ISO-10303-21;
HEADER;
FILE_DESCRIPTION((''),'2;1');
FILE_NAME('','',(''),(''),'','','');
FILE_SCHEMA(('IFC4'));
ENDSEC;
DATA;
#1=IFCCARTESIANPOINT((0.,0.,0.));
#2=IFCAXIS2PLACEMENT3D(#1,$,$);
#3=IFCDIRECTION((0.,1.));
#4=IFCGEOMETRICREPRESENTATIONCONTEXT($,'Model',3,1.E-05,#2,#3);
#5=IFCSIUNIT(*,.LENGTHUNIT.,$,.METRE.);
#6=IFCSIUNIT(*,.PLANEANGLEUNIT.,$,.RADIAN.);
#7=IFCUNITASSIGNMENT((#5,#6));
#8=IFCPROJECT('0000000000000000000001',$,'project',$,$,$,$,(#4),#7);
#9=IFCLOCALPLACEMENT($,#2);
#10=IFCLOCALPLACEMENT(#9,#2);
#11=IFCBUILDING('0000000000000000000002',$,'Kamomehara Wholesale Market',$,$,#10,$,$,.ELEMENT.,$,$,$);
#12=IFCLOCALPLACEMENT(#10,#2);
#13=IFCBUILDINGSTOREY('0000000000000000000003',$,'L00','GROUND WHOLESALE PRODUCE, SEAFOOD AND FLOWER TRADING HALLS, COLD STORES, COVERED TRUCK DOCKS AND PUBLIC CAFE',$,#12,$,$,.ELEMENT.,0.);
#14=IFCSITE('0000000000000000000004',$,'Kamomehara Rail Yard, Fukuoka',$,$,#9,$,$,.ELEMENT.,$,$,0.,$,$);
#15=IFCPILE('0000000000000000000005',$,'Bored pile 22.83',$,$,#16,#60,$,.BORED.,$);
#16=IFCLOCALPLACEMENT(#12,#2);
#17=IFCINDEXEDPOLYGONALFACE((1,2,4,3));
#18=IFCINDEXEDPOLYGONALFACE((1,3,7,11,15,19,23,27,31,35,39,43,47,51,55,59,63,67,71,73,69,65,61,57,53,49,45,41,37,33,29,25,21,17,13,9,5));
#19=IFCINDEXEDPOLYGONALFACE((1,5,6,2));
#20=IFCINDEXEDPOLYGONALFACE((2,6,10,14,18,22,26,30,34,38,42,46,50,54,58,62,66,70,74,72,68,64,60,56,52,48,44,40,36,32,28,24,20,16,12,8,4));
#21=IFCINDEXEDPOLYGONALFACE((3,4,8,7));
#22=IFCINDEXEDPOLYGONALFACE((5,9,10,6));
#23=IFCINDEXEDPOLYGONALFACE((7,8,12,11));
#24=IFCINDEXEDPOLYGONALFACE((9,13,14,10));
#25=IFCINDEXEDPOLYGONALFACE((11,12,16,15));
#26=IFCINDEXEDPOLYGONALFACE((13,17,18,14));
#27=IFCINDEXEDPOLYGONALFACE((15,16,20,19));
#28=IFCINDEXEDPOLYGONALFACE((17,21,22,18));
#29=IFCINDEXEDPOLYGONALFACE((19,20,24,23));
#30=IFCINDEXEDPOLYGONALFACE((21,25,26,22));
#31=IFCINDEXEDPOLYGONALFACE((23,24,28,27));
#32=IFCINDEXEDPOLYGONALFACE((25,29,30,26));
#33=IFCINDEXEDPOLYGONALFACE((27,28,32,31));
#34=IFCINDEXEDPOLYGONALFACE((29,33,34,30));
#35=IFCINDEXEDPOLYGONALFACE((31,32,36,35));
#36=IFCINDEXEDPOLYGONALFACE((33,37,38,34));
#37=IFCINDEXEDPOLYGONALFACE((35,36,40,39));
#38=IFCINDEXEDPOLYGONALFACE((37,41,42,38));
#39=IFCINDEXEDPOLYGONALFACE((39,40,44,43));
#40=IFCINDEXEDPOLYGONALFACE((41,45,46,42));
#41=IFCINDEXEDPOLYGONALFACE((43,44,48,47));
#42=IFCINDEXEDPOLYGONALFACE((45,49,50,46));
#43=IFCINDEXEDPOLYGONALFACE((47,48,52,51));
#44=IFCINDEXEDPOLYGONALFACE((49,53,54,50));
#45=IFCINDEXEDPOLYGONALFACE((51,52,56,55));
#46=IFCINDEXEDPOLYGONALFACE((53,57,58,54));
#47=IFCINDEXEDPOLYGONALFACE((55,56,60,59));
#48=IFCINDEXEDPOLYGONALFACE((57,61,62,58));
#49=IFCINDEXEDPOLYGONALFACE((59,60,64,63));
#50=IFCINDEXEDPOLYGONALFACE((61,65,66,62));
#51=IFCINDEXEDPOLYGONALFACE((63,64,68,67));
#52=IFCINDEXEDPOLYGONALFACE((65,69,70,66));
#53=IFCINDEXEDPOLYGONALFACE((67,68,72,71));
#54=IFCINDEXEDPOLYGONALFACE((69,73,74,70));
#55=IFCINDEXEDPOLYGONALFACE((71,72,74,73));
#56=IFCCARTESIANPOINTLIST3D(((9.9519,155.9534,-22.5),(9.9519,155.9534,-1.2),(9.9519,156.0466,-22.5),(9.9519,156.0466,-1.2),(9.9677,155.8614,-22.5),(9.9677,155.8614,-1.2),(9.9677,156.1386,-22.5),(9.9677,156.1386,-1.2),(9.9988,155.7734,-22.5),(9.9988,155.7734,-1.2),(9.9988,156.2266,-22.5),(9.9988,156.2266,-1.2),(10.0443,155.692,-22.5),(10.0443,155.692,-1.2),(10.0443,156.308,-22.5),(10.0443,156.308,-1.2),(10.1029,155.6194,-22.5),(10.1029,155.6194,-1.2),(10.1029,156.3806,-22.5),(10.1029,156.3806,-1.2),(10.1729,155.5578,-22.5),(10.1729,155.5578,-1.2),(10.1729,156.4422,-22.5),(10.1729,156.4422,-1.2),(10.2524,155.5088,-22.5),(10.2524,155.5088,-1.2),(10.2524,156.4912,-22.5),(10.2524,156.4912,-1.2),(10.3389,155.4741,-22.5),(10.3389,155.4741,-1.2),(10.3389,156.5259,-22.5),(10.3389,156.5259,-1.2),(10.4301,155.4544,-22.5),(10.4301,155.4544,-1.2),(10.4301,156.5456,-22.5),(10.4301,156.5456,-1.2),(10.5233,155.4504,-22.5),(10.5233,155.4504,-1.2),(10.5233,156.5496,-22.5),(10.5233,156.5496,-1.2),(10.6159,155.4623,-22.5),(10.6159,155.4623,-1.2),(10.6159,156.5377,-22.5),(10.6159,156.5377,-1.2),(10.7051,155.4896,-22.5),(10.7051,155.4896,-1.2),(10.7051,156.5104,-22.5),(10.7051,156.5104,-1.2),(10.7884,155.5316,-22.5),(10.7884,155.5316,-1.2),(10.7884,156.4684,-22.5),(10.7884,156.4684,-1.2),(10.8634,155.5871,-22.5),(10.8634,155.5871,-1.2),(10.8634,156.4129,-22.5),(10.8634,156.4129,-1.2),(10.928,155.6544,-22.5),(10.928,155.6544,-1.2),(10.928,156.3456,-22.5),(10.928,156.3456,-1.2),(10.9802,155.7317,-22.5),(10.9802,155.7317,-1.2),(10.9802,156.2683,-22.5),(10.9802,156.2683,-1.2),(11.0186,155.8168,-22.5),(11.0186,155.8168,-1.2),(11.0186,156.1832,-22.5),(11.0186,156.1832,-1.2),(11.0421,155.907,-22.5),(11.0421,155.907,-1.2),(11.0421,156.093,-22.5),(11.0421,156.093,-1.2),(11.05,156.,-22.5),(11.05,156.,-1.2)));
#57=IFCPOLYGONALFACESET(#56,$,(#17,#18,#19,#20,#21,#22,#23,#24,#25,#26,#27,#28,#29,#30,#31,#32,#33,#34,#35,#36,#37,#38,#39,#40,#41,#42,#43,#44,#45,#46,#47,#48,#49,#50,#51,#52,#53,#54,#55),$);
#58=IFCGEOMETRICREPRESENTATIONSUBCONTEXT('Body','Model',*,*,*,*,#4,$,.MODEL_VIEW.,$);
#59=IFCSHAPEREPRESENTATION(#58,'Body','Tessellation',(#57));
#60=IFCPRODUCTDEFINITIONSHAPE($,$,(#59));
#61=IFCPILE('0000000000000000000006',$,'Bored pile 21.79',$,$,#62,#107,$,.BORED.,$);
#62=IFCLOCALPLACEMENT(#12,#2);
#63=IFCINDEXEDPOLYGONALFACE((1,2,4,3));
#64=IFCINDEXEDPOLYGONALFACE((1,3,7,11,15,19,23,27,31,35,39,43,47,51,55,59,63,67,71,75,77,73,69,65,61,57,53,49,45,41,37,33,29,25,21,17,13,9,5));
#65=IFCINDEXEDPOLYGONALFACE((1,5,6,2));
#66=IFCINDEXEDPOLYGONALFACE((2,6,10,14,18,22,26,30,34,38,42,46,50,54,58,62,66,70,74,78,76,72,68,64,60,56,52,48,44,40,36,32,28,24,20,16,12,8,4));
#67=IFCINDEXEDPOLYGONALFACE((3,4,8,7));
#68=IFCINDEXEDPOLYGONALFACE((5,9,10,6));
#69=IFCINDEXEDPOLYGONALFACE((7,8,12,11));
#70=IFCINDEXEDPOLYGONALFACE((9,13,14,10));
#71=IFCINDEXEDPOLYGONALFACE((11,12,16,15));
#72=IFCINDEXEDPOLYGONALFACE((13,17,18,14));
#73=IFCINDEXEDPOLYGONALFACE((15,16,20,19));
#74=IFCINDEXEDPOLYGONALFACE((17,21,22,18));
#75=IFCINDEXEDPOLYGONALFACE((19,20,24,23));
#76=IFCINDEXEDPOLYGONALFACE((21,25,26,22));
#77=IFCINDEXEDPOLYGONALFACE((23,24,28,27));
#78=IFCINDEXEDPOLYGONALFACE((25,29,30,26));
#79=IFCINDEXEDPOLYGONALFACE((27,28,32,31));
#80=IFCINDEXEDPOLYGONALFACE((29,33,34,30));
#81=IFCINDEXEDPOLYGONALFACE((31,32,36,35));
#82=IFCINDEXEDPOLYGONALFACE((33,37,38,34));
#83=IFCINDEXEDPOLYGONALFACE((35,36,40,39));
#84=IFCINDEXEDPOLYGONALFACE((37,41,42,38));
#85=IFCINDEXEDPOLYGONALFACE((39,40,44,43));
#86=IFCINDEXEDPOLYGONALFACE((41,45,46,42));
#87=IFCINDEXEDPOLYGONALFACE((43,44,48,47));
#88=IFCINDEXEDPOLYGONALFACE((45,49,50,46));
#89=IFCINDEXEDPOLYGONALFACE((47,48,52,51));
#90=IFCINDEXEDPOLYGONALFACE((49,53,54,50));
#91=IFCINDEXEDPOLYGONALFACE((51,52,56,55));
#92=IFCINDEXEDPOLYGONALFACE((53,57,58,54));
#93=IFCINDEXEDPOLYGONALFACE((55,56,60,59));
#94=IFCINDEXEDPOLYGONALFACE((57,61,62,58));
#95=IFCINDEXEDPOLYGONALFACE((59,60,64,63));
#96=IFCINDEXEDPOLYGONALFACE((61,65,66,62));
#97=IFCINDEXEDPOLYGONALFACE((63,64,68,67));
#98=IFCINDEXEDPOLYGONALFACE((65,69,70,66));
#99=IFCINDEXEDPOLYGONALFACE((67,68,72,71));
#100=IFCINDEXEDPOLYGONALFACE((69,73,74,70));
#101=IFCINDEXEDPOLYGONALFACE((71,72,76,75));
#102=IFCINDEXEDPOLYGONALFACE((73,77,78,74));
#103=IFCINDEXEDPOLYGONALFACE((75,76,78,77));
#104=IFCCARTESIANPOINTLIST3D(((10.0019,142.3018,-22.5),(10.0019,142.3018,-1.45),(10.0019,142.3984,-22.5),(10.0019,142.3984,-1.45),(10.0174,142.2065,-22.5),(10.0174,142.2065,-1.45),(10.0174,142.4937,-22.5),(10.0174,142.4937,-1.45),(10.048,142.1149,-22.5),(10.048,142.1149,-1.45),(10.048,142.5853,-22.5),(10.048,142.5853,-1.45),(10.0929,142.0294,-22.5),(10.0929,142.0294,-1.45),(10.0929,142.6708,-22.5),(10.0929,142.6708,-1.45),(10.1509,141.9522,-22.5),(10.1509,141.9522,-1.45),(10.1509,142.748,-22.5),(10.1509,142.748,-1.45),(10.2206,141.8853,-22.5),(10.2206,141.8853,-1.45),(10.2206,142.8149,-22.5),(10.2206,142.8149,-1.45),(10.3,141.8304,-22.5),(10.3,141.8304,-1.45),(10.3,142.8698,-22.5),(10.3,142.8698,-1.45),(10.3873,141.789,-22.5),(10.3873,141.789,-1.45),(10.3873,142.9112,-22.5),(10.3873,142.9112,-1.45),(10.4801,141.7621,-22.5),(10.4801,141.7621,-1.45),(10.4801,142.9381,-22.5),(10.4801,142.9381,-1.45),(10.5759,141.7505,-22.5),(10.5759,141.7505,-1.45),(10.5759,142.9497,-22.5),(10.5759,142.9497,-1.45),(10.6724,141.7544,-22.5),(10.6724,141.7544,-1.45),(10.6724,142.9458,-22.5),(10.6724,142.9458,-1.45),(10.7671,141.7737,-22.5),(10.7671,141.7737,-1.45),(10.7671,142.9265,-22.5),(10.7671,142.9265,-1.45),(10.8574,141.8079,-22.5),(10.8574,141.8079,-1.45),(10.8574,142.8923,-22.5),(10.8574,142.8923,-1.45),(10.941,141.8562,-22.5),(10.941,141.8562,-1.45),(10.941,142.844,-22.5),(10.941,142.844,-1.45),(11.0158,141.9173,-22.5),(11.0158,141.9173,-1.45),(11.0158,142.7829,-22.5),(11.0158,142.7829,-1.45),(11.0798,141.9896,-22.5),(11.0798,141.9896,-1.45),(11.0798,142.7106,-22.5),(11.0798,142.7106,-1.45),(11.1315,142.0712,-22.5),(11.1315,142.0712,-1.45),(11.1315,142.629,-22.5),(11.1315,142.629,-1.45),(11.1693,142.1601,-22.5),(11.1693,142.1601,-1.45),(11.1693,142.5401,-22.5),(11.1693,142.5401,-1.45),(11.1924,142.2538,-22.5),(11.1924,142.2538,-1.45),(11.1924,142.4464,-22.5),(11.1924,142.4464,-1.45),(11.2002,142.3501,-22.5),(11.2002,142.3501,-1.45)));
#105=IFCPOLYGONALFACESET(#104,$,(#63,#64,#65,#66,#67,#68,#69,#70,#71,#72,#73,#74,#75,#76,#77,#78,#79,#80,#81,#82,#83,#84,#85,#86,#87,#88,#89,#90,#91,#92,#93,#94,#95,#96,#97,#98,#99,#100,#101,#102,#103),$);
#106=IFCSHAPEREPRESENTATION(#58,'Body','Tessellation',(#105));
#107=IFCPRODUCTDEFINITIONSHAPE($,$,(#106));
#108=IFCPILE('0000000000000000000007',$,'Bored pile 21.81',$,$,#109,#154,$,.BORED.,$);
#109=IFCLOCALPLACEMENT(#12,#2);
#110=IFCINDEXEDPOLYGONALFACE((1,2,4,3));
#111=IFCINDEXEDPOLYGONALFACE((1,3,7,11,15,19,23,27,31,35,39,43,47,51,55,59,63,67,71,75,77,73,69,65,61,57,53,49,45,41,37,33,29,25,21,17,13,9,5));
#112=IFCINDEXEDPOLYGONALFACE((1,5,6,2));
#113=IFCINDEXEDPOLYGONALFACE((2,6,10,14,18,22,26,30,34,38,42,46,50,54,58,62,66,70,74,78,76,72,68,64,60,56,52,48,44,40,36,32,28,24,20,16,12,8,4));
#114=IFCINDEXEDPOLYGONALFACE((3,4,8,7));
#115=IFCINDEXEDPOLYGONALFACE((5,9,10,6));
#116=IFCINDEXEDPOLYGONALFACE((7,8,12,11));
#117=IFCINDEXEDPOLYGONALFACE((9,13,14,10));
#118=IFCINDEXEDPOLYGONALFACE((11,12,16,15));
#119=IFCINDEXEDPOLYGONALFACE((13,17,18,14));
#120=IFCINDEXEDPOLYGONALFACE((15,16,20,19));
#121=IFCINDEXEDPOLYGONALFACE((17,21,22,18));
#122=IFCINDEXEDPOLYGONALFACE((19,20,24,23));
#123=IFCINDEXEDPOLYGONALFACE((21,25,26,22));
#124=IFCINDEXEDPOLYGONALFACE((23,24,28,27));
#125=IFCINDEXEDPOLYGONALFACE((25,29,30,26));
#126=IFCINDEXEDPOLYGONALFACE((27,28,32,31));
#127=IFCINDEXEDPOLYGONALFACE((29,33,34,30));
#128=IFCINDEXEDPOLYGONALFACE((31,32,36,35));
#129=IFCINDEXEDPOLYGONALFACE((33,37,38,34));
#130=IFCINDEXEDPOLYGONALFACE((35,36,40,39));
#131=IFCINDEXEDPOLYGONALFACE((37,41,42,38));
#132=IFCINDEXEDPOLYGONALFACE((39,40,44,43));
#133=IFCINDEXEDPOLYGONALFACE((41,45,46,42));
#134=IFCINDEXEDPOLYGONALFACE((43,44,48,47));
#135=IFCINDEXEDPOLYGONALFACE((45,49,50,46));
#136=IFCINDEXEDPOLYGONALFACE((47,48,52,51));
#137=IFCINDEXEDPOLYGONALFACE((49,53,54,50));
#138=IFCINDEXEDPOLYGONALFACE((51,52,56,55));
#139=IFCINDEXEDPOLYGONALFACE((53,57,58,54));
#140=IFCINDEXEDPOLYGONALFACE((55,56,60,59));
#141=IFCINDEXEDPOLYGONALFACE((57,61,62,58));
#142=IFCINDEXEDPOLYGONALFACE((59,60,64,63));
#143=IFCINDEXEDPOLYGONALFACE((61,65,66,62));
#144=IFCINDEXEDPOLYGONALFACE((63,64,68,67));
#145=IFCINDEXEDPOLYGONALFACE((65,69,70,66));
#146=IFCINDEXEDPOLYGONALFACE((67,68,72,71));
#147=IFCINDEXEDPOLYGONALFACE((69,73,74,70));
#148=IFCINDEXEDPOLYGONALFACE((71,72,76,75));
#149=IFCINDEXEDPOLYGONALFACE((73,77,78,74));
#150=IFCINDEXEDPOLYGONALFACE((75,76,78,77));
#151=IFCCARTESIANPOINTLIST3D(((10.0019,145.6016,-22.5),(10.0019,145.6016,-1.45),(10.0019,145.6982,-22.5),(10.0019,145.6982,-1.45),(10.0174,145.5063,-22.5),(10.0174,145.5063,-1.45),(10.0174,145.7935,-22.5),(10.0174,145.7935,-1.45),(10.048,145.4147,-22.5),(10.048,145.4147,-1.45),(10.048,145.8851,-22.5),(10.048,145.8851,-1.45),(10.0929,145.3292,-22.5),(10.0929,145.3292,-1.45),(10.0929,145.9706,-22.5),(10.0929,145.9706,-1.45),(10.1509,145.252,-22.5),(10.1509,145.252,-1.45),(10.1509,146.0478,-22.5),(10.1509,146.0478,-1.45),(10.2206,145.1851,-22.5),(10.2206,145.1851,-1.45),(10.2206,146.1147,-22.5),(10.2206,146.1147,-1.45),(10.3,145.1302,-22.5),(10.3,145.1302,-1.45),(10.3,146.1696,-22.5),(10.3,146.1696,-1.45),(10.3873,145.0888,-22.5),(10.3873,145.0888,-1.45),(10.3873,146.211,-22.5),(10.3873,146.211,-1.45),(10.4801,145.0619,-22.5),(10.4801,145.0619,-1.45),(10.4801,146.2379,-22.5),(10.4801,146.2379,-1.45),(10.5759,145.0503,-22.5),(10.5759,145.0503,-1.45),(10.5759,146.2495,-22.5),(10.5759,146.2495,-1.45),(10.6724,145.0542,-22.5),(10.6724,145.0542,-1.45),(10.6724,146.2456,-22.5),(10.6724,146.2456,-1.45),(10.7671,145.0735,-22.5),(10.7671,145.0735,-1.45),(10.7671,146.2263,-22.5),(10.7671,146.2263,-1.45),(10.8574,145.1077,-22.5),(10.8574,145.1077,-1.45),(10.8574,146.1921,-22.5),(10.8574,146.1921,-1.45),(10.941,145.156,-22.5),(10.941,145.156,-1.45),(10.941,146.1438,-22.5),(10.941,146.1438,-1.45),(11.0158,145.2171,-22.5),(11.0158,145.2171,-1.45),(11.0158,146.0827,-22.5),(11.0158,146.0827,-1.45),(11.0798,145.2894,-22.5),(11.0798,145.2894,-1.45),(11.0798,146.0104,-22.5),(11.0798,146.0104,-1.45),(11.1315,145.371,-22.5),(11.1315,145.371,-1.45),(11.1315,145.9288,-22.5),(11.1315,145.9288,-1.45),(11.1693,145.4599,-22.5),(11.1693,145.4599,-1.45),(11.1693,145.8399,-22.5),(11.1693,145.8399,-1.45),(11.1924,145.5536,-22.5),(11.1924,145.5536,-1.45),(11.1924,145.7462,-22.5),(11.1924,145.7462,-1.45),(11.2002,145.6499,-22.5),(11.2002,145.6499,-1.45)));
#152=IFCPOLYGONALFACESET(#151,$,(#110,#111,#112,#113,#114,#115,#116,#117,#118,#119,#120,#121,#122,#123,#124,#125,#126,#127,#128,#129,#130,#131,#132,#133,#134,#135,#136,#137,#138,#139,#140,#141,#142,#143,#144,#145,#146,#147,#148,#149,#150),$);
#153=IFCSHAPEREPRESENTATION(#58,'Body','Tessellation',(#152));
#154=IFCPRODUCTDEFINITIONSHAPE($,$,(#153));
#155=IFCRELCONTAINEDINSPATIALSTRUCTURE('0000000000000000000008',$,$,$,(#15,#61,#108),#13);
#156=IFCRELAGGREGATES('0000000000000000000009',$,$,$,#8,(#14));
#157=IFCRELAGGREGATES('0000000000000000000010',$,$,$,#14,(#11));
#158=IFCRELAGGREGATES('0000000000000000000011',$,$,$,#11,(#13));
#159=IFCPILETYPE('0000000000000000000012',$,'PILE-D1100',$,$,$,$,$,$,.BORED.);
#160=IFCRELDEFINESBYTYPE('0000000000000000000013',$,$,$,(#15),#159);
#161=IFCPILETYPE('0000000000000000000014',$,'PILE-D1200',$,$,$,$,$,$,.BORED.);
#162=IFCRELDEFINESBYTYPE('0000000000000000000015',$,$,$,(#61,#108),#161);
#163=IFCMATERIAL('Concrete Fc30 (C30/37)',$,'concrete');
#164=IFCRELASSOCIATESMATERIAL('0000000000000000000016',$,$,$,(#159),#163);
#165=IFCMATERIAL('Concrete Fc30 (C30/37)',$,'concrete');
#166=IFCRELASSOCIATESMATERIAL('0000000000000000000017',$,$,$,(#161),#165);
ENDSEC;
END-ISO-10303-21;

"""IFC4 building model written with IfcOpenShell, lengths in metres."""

from ifc_helpers import new_model, si_unit, direction, frame, origin, origin_2d, place, context, subcontext, project, spatial, circle, extrude, material, material_profile, profile_set, type_object, element, save


model = new_model("IFC4")

# Units and contexts
model_context = context("Model", 3, precision=1e-05, world=origin(), true_north=direction((0.0, 1.0)))
body_context = subcontext(model_context, "Body", "Model", "MODEL_VIEW")
ifc_project = project(units=[si_unit("LENGTHUNIT", "METRE"), si_unit("PLANEANGLEUNIT", "RADIAN")], contexts=[model_context])

# Site, building, storey
site_placement = place(None, origin())
site = spatial("IfcSite", under=ifc_project, at=site_placement, Name="Kamomehara Rail Yard, Fukuoka", CompositionType="ELEMENT", RefElevation=0.0)
building_placement = place(site_placement, origin())
building = spatial("IfcBuilding", under=site, at=building_placement, Name="Kamomehara Wholesale Market", CompositionType="ELEMENT")
storey_placement = place(building_placement, origin())
storey = spatial("IfcBuildingStorey", under=building, at=storey_placement, Name="L00", Description="GROUND WHOLESALE PRODUCE, SEAFOOD AND FLOWER TRADING HALLS, COLD STORES, COVERED TRUCK DOCKS AND PUBLIC CAFE", CompositionType="ELEMENT", Elevation=0.0)

# Piles
ifc_material_1 = material(Name="Concrete Fc30 (C30/37)", Category="concrete")
ifc_material_profile_1 = material_profile(ifc_material_1, circle(Radius=0.55, at=origin_2d()), Name="RC-PILE-D1100")
ifc_profile_set_1 = profile_set([ifc_material_profile_1], Name="Concrete Fc30 (C30/37)")
pile_type_1 = type_object("IfcPileType", Name="PILE-D1100", PredefinedType="BORED", material=ifc_profile_set_1)
pile_placement = place(storey_placement, frame((10.5, 156.0, -1.2), z_axis=(0.0, 0.0, -1.0), x_axis=(1.0, 0.0, 0.0)))
element("IfcPile", 1, at=pile_placement, inside=storey, type_object=pile_type_1, Name="Bored pile 22.83", PredefinedType="BORED", context=body_context, shape_type="SweptSolid", body=[
    extrude(circle(Radius=0.55, at=origin_2d()), origin(), (0.0, 0.0, 1.0), 21.3),
])
ifc_material_2 = material(Name="Concrete Fc30 (C30/37)", Category="concrete")
ifc_material_profile_2 = material_profile(ifc_material_2, circle(Radius=0.6001, at=origin_2d()), Name="RC-PILE-D1200")
ifc_profile_set_2 = profile_set([ifc_material_profile_2], Name="Concrete Fc30 (C30/37)")
pile_type_2 = type_object("IfcPileType", Name="PILE-D1200", PredefinedType="BORED", material=ifc_profile_set_2)
for number, where, z_axis, x_axis, name in (
    (2, (10.6001, 142.3501, -1.45), (0.0, 0.0, -1.0), (1.0, 0.0, 0.0), "Bored pile 21.79"),
    (3, (10.6001, 145.6499, -1.45), (0.0, 0.0, -1.0), (1.0, 0.0, 0.0), "Bored pile 21.81"),
):
    element("IfcPile", number, at=place(storey_placement, frame(where, z_axis=z_axis, x_axis=x_axis)), inside=storey, type_object=pile_type_2, Name=name, PredefinedType="BORED", context=body_context, shape_type="SweptSolid", body=[
        extrude(circle(Radius=0.6001, at=origin_2d()), origin(), (0.0, 0.0, 1.0), 21.05),
    ])

save(model, "model.ifc")
